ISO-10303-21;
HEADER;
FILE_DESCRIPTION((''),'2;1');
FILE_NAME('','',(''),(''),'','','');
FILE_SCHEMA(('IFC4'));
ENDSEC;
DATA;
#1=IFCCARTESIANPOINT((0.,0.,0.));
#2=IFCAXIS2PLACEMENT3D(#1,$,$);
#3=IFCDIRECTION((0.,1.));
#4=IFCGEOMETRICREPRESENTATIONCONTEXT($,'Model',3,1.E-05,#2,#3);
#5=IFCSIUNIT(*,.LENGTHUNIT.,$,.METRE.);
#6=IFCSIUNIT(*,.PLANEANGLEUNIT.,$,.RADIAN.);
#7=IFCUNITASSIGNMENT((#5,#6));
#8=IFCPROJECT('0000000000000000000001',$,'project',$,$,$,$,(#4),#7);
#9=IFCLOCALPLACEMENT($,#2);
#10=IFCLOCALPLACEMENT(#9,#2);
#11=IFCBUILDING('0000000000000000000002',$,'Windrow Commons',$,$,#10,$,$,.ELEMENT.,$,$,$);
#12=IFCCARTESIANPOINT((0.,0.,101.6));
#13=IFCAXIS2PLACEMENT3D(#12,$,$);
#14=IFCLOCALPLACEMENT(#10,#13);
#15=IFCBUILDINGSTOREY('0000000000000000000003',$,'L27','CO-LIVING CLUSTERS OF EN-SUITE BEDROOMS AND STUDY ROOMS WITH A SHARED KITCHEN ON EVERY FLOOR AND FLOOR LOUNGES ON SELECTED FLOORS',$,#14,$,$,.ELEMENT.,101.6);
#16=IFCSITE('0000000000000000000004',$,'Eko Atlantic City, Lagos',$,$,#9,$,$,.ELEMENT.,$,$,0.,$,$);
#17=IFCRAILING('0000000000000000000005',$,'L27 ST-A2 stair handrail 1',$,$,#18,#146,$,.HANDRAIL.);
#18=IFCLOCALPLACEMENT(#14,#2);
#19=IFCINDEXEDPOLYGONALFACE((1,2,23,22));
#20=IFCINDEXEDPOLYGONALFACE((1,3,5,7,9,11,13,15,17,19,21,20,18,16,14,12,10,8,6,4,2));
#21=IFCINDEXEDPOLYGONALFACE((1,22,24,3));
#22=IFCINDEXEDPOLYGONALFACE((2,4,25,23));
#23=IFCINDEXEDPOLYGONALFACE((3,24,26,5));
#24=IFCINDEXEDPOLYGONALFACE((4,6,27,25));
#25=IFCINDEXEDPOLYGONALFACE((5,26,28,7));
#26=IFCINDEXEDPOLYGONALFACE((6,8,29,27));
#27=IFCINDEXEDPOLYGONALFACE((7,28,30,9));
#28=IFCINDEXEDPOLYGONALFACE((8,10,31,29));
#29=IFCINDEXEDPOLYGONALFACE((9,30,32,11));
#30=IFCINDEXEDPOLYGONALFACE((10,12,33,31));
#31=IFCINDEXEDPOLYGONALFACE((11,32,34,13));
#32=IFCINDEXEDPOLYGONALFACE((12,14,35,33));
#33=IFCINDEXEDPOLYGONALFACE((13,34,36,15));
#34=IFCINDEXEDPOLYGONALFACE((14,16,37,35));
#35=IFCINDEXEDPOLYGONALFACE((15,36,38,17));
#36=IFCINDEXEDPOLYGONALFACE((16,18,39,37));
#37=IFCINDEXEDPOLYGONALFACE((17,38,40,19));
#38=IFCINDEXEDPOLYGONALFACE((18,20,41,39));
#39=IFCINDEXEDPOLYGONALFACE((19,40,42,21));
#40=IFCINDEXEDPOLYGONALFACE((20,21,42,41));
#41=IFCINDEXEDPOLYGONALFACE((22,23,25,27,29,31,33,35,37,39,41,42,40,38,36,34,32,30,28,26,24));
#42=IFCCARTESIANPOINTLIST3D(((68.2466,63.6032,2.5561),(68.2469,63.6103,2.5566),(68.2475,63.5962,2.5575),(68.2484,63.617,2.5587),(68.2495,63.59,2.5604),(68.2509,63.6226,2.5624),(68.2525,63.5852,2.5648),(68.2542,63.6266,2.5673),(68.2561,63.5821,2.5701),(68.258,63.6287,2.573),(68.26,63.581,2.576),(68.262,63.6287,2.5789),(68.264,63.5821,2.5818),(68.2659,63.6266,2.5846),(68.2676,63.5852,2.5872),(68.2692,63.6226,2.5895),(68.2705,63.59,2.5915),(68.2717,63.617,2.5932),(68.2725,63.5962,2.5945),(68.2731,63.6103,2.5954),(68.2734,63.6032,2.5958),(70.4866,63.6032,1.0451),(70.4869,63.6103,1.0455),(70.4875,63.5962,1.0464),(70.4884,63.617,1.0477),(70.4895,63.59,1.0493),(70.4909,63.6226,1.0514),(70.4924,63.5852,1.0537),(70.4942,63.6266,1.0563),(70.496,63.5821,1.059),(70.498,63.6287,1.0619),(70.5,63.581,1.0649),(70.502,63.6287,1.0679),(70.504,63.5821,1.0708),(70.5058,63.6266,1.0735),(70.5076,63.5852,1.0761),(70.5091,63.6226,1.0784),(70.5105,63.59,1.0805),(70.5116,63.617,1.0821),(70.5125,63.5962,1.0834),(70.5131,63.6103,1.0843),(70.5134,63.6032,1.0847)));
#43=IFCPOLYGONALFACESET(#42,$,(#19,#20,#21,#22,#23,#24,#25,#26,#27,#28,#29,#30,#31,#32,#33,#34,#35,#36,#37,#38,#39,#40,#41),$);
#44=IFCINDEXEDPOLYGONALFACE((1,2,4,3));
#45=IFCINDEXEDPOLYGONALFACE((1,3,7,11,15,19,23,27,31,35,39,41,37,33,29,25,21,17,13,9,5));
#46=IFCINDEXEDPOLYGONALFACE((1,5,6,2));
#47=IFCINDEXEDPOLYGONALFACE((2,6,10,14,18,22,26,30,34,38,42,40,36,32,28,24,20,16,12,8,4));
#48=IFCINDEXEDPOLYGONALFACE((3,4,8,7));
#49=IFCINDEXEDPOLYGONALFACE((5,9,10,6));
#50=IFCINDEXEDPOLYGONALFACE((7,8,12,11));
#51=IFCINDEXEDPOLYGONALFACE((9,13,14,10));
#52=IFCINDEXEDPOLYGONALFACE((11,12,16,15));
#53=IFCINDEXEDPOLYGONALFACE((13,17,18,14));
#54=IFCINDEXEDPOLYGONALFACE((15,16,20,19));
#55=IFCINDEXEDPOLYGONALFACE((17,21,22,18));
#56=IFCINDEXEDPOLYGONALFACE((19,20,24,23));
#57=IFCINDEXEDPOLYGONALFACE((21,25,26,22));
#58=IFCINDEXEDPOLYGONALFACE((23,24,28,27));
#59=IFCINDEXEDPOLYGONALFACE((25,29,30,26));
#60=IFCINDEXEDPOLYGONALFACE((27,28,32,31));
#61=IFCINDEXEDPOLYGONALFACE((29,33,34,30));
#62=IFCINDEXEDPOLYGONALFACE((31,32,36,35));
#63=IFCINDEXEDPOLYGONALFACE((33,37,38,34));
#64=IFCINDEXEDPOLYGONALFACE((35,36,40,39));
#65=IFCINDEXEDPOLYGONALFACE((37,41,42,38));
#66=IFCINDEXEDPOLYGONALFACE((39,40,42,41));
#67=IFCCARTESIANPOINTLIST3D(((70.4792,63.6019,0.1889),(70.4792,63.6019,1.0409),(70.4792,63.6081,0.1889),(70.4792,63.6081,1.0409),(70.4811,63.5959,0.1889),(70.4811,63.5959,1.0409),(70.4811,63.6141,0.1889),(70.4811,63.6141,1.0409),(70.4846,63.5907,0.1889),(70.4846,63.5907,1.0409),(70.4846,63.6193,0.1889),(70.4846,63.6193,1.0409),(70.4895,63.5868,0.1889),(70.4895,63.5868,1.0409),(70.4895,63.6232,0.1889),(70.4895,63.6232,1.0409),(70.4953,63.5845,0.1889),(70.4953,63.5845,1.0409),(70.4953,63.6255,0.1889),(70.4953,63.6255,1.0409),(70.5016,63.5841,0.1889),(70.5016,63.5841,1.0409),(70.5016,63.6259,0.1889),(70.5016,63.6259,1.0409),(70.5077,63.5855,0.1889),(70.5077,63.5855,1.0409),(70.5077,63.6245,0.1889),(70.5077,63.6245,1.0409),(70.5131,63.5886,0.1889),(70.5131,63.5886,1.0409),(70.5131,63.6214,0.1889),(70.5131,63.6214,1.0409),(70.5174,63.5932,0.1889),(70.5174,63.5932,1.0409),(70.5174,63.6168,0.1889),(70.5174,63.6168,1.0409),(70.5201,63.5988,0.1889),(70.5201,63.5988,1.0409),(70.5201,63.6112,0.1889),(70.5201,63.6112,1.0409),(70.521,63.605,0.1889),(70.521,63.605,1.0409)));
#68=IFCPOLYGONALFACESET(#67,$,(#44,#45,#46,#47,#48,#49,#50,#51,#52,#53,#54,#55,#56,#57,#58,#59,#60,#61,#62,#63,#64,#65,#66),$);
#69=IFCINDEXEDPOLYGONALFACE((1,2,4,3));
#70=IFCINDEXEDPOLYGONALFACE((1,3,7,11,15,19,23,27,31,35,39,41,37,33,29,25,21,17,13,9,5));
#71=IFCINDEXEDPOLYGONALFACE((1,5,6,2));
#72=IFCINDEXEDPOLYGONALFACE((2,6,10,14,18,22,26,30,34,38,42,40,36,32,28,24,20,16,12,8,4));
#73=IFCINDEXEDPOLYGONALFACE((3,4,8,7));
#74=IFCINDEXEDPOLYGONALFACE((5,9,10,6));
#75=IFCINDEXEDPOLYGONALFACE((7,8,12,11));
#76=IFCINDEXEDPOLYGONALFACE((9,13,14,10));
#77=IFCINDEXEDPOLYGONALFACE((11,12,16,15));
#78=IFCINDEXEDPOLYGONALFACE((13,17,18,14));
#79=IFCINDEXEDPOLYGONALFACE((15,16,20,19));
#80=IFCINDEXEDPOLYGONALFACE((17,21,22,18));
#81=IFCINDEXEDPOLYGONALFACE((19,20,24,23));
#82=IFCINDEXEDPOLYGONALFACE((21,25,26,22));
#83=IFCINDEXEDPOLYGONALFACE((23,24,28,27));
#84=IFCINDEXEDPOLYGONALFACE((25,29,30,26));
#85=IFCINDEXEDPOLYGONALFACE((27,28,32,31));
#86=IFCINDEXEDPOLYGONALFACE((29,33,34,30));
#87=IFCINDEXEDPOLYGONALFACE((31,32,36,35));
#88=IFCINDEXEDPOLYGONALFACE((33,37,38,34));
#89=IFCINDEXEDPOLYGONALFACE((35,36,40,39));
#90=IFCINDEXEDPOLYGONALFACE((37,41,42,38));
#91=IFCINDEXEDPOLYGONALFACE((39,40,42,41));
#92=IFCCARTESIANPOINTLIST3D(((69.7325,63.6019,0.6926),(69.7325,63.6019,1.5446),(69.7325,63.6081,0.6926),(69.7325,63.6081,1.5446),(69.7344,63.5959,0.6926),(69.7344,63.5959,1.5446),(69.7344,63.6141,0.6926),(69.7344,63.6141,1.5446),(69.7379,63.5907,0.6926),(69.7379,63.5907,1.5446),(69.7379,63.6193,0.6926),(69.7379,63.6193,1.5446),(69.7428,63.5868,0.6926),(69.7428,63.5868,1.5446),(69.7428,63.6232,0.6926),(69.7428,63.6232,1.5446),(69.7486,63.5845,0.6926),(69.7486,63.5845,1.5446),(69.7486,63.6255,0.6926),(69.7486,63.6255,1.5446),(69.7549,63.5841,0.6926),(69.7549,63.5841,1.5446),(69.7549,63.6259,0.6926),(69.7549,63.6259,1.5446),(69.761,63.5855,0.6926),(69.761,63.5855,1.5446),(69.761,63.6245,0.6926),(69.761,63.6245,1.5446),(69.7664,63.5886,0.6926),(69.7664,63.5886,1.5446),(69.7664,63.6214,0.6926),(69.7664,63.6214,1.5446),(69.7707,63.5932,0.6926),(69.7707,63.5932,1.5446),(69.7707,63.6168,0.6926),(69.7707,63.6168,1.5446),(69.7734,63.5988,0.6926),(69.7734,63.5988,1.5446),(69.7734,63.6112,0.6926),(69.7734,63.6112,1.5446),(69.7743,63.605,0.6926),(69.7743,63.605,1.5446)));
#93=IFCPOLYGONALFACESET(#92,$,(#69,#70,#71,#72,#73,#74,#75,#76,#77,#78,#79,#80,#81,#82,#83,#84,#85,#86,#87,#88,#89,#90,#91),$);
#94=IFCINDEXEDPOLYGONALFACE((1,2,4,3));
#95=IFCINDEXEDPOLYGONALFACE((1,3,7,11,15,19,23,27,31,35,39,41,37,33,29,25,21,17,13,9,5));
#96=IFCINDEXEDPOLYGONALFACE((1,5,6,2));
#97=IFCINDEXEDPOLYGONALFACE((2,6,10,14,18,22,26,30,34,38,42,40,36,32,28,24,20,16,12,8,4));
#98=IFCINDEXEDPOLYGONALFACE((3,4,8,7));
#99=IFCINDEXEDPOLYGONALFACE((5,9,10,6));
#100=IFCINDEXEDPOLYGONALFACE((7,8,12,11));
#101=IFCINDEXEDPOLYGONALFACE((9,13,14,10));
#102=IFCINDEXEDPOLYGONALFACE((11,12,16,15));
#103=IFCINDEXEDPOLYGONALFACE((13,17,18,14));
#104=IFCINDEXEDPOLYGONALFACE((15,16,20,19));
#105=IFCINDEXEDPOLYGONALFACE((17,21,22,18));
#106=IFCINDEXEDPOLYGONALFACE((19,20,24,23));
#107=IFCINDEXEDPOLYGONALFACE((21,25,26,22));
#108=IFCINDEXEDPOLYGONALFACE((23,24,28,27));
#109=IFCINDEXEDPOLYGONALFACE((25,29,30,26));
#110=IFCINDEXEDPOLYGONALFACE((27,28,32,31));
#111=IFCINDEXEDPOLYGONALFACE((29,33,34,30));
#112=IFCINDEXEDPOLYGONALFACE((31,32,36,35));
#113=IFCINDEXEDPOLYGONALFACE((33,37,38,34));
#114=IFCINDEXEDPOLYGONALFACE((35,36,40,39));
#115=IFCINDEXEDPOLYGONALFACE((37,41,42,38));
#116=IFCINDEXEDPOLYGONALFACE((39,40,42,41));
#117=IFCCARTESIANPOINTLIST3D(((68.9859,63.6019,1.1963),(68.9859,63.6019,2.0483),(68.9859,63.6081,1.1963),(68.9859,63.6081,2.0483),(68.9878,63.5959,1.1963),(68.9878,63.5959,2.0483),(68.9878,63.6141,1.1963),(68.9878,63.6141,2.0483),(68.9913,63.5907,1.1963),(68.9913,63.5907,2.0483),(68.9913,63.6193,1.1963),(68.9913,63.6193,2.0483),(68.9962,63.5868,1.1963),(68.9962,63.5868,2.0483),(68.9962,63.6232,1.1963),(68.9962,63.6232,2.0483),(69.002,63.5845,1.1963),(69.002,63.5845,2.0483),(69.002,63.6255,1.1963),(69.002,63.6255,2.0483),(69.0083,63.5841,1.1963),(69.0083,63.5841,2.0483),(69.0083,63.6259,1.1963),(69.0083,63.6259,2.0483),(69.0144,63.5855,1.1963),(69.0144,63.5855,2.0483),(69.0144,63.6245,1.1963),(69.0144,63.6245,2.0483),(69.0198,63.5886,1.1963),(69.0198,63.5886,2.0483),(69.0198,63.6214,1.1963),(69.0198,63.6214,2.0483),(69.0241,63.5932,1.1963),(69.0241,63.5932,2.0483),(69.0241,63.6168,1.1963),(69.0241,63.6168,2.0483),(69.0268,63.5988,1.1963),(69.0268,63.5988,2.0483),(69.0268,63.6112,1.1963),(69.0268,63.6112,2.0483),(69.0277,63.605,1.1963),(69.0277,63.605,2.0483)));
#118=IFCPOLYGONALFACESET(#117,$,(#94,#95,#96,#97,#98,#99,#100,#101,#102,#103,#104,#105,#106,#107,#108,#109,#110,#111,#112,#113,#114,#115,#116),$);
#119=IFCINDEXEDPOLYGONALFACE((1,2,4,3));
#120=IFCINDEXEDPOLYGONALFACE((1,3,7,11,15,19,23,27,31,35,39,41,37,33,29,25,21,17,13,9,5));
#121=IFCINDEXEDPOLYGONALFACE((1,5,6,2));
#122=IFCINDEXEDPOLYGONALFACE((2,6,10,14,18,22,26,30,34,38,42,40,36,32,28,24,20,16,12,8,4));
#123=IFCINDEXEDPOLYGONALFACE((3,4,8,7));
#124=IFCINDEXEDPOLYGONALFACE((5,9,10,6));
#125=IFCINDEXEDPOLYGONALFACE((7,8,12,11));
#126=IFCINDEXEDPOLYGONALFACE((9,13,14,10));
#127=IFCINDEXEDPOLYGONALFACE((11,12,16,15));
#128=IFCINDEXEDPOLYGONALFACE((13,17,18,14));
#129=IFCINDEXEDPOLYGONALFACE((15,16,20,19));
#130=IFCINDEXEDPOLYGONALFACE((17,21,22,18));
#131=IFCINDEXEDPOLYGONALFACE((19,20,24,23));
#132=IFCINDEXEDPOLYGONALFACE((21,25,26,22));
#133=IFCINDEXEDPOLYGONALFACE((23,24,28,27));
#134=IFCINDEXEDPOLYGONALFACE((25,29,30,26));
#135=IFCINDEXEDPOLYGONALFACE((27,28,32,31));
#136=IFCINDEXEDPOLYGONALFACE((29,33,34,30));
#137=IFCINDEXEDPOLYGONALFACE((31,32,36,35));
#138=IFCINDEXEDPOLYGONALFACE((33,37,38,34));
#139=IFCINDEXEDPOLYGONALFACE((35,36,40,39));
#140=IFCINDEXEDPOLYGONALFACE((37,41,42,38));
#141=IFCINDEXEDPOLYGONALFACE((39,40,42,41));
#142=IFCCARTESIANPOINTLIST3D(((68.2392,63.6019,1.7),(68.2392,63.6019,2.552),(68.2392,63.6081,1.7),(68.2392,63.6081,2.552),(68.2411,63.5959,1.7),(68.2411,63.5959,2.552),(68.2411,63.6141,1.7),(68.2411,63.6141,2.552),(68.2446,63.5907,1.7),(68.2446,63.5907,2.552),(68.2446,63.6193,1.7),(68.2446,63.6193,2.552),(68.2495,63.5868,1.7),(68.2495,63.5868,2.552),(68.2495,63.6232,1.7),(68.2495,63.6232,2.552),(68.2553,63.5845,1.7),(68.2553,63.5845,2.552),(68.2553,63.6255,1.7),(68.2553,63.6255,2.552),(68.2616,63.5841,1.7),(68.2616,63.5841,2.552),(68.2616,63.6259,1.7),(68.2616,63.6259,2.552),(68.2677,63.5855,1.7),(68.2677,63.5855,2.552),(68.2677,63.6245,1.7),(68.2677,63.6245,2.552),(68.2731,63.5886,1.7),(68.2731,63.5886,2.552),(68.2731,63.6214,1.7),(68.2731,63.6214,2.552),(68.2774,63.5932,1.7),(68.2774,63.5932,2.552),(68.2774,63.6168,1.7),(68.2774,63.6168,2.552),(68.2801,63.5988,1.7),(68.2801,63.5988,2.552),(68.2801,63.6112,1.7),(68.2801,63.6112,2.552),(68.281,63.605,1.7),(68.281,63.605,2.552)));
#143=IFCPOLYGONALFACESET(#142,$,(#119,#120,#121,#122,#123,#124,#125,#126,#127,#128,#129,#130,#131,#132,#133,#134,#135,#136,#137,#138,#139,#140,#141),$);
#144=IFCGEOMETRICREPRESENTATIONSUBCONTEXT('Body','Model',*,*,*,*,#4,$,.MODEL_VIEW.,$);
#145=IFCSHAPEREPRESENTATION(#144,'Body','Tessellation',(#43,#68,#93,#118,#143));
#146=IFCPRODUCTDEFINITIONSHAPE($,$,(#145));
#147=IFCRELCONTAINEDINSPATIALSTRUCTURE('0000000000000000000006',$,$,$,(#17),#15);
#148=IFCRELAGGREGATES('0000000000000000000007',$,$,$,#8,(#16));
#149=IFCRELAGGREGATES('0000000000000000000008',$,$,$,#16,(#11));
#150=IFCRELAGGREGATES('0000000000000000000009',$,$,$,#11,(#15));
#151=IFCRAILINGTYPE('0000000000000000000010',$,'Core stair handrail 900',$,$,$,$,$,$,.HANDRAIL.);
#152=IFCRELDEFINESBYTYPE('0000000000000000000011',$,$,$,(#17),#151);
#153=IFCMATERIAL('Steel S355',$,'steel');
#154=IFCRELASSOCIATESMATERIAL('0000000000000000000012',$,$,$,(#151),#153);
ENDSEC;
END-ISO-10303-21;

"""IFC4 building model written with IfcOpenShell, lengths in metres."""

from ifc_helpers import new_model, si_unit, direction, frame, origin, origin_2d, place, context, subcontext, project, spatial, circle, extrude, material, type_object, element, save


model = new_model("IFC4")

# Units and contexts
model_context = context("Model", 3, precision=1e-05, world=origin(), true_north=direction((0.0, 1.0)))
body_context = subcontext(model_context, "Body", "Model", "MODEL_VIEW")
ifc_project = project(units=[si_unit("LENGTHUNIT", "METRE"), si_unit("PLANEANGLEUNIT", "RADIAN")], contexts=[model_context])

# Site, building, storey
site_placement = place(None, origin())
site = spatial("IfcSite", under=ifc_project, at=site_placement, Name="Eko Atlantic City, Lagos", CompositionType="ELEMENT", RefElevation=0.0)
building_placement = place(site_placement, origin())
building = spatial("IfcBuilding", under=site, at=building_placement, Name="Windrow Commons", CompositionType="ELEMENT")
storey_placement = place(building_placement, frame((0.0, 0.0, 101.6)))
storey = spatial("IfcBuildingStorey", under=building, at=storey_placement, Name="L27", Description="CO-LIVING CLUSTERS OF EN-SUITE BEDROOMS AND STUDY ROOMS WITH A SHARED KITCHEN ON EVERY FLOOR AND FLOOR LOUNGES ON SELECTED FLOORS", CompositionType="ELEMENT", Elevation=101.6)

# Railing
ifc_material_1 = material(Name="Steel S355", Category="steel")
railing_type_1 = type_object("IfcRailingType", Name="Core stair handrail 900", PredefinedType="HANDRAIL", material=ifc_material_1)
for number, where, name in (
    (1, (70.5, 63.605, 0.1889), "L27 ST-A2 stair handrail 1"),
):
    element("IfcRailing", number, at=place(storey_placement, frame(where)), inside=storey, type_object=railing_type_1, Name=name, PredefinedType="HANDRAIL", context=body_context, shape_type="SweptSolid", body=[
        extrude(circle(Radius=0.024, at=origin_2d()), frame((0.0, 0.0, 0.876), z_axis=(-0.829003, 0.0, 0.559244), x_axis=(0.0, -1.0, 0.0)), (0.0, 0.0, 1.0), 2.702),
        extrude(circle(Radius=0.021, at=origin_2d()), origin(), (0.0, 0.0, 1.0), 0.852),
        extrude(circle(Radius=0.021, at=origin_2d()), frame((-0.7467, 0.0, 0.5037)), (0.0, 0.0, 1.0), 0.852),
        extrude(circle(Radius=0.021, at=origin_2d()), frame((-1.4933, 0.0, 1.0074)), (0.0, 0.0, 1.0), 0.852),
        extrude(circle(Radius=0.021, at=origin_2d()), frame((-2.24, 0.0, 1.5111)), (0.0, 0.0, 1.0), 0.852),
    ])

save(model, "model.ifc")
